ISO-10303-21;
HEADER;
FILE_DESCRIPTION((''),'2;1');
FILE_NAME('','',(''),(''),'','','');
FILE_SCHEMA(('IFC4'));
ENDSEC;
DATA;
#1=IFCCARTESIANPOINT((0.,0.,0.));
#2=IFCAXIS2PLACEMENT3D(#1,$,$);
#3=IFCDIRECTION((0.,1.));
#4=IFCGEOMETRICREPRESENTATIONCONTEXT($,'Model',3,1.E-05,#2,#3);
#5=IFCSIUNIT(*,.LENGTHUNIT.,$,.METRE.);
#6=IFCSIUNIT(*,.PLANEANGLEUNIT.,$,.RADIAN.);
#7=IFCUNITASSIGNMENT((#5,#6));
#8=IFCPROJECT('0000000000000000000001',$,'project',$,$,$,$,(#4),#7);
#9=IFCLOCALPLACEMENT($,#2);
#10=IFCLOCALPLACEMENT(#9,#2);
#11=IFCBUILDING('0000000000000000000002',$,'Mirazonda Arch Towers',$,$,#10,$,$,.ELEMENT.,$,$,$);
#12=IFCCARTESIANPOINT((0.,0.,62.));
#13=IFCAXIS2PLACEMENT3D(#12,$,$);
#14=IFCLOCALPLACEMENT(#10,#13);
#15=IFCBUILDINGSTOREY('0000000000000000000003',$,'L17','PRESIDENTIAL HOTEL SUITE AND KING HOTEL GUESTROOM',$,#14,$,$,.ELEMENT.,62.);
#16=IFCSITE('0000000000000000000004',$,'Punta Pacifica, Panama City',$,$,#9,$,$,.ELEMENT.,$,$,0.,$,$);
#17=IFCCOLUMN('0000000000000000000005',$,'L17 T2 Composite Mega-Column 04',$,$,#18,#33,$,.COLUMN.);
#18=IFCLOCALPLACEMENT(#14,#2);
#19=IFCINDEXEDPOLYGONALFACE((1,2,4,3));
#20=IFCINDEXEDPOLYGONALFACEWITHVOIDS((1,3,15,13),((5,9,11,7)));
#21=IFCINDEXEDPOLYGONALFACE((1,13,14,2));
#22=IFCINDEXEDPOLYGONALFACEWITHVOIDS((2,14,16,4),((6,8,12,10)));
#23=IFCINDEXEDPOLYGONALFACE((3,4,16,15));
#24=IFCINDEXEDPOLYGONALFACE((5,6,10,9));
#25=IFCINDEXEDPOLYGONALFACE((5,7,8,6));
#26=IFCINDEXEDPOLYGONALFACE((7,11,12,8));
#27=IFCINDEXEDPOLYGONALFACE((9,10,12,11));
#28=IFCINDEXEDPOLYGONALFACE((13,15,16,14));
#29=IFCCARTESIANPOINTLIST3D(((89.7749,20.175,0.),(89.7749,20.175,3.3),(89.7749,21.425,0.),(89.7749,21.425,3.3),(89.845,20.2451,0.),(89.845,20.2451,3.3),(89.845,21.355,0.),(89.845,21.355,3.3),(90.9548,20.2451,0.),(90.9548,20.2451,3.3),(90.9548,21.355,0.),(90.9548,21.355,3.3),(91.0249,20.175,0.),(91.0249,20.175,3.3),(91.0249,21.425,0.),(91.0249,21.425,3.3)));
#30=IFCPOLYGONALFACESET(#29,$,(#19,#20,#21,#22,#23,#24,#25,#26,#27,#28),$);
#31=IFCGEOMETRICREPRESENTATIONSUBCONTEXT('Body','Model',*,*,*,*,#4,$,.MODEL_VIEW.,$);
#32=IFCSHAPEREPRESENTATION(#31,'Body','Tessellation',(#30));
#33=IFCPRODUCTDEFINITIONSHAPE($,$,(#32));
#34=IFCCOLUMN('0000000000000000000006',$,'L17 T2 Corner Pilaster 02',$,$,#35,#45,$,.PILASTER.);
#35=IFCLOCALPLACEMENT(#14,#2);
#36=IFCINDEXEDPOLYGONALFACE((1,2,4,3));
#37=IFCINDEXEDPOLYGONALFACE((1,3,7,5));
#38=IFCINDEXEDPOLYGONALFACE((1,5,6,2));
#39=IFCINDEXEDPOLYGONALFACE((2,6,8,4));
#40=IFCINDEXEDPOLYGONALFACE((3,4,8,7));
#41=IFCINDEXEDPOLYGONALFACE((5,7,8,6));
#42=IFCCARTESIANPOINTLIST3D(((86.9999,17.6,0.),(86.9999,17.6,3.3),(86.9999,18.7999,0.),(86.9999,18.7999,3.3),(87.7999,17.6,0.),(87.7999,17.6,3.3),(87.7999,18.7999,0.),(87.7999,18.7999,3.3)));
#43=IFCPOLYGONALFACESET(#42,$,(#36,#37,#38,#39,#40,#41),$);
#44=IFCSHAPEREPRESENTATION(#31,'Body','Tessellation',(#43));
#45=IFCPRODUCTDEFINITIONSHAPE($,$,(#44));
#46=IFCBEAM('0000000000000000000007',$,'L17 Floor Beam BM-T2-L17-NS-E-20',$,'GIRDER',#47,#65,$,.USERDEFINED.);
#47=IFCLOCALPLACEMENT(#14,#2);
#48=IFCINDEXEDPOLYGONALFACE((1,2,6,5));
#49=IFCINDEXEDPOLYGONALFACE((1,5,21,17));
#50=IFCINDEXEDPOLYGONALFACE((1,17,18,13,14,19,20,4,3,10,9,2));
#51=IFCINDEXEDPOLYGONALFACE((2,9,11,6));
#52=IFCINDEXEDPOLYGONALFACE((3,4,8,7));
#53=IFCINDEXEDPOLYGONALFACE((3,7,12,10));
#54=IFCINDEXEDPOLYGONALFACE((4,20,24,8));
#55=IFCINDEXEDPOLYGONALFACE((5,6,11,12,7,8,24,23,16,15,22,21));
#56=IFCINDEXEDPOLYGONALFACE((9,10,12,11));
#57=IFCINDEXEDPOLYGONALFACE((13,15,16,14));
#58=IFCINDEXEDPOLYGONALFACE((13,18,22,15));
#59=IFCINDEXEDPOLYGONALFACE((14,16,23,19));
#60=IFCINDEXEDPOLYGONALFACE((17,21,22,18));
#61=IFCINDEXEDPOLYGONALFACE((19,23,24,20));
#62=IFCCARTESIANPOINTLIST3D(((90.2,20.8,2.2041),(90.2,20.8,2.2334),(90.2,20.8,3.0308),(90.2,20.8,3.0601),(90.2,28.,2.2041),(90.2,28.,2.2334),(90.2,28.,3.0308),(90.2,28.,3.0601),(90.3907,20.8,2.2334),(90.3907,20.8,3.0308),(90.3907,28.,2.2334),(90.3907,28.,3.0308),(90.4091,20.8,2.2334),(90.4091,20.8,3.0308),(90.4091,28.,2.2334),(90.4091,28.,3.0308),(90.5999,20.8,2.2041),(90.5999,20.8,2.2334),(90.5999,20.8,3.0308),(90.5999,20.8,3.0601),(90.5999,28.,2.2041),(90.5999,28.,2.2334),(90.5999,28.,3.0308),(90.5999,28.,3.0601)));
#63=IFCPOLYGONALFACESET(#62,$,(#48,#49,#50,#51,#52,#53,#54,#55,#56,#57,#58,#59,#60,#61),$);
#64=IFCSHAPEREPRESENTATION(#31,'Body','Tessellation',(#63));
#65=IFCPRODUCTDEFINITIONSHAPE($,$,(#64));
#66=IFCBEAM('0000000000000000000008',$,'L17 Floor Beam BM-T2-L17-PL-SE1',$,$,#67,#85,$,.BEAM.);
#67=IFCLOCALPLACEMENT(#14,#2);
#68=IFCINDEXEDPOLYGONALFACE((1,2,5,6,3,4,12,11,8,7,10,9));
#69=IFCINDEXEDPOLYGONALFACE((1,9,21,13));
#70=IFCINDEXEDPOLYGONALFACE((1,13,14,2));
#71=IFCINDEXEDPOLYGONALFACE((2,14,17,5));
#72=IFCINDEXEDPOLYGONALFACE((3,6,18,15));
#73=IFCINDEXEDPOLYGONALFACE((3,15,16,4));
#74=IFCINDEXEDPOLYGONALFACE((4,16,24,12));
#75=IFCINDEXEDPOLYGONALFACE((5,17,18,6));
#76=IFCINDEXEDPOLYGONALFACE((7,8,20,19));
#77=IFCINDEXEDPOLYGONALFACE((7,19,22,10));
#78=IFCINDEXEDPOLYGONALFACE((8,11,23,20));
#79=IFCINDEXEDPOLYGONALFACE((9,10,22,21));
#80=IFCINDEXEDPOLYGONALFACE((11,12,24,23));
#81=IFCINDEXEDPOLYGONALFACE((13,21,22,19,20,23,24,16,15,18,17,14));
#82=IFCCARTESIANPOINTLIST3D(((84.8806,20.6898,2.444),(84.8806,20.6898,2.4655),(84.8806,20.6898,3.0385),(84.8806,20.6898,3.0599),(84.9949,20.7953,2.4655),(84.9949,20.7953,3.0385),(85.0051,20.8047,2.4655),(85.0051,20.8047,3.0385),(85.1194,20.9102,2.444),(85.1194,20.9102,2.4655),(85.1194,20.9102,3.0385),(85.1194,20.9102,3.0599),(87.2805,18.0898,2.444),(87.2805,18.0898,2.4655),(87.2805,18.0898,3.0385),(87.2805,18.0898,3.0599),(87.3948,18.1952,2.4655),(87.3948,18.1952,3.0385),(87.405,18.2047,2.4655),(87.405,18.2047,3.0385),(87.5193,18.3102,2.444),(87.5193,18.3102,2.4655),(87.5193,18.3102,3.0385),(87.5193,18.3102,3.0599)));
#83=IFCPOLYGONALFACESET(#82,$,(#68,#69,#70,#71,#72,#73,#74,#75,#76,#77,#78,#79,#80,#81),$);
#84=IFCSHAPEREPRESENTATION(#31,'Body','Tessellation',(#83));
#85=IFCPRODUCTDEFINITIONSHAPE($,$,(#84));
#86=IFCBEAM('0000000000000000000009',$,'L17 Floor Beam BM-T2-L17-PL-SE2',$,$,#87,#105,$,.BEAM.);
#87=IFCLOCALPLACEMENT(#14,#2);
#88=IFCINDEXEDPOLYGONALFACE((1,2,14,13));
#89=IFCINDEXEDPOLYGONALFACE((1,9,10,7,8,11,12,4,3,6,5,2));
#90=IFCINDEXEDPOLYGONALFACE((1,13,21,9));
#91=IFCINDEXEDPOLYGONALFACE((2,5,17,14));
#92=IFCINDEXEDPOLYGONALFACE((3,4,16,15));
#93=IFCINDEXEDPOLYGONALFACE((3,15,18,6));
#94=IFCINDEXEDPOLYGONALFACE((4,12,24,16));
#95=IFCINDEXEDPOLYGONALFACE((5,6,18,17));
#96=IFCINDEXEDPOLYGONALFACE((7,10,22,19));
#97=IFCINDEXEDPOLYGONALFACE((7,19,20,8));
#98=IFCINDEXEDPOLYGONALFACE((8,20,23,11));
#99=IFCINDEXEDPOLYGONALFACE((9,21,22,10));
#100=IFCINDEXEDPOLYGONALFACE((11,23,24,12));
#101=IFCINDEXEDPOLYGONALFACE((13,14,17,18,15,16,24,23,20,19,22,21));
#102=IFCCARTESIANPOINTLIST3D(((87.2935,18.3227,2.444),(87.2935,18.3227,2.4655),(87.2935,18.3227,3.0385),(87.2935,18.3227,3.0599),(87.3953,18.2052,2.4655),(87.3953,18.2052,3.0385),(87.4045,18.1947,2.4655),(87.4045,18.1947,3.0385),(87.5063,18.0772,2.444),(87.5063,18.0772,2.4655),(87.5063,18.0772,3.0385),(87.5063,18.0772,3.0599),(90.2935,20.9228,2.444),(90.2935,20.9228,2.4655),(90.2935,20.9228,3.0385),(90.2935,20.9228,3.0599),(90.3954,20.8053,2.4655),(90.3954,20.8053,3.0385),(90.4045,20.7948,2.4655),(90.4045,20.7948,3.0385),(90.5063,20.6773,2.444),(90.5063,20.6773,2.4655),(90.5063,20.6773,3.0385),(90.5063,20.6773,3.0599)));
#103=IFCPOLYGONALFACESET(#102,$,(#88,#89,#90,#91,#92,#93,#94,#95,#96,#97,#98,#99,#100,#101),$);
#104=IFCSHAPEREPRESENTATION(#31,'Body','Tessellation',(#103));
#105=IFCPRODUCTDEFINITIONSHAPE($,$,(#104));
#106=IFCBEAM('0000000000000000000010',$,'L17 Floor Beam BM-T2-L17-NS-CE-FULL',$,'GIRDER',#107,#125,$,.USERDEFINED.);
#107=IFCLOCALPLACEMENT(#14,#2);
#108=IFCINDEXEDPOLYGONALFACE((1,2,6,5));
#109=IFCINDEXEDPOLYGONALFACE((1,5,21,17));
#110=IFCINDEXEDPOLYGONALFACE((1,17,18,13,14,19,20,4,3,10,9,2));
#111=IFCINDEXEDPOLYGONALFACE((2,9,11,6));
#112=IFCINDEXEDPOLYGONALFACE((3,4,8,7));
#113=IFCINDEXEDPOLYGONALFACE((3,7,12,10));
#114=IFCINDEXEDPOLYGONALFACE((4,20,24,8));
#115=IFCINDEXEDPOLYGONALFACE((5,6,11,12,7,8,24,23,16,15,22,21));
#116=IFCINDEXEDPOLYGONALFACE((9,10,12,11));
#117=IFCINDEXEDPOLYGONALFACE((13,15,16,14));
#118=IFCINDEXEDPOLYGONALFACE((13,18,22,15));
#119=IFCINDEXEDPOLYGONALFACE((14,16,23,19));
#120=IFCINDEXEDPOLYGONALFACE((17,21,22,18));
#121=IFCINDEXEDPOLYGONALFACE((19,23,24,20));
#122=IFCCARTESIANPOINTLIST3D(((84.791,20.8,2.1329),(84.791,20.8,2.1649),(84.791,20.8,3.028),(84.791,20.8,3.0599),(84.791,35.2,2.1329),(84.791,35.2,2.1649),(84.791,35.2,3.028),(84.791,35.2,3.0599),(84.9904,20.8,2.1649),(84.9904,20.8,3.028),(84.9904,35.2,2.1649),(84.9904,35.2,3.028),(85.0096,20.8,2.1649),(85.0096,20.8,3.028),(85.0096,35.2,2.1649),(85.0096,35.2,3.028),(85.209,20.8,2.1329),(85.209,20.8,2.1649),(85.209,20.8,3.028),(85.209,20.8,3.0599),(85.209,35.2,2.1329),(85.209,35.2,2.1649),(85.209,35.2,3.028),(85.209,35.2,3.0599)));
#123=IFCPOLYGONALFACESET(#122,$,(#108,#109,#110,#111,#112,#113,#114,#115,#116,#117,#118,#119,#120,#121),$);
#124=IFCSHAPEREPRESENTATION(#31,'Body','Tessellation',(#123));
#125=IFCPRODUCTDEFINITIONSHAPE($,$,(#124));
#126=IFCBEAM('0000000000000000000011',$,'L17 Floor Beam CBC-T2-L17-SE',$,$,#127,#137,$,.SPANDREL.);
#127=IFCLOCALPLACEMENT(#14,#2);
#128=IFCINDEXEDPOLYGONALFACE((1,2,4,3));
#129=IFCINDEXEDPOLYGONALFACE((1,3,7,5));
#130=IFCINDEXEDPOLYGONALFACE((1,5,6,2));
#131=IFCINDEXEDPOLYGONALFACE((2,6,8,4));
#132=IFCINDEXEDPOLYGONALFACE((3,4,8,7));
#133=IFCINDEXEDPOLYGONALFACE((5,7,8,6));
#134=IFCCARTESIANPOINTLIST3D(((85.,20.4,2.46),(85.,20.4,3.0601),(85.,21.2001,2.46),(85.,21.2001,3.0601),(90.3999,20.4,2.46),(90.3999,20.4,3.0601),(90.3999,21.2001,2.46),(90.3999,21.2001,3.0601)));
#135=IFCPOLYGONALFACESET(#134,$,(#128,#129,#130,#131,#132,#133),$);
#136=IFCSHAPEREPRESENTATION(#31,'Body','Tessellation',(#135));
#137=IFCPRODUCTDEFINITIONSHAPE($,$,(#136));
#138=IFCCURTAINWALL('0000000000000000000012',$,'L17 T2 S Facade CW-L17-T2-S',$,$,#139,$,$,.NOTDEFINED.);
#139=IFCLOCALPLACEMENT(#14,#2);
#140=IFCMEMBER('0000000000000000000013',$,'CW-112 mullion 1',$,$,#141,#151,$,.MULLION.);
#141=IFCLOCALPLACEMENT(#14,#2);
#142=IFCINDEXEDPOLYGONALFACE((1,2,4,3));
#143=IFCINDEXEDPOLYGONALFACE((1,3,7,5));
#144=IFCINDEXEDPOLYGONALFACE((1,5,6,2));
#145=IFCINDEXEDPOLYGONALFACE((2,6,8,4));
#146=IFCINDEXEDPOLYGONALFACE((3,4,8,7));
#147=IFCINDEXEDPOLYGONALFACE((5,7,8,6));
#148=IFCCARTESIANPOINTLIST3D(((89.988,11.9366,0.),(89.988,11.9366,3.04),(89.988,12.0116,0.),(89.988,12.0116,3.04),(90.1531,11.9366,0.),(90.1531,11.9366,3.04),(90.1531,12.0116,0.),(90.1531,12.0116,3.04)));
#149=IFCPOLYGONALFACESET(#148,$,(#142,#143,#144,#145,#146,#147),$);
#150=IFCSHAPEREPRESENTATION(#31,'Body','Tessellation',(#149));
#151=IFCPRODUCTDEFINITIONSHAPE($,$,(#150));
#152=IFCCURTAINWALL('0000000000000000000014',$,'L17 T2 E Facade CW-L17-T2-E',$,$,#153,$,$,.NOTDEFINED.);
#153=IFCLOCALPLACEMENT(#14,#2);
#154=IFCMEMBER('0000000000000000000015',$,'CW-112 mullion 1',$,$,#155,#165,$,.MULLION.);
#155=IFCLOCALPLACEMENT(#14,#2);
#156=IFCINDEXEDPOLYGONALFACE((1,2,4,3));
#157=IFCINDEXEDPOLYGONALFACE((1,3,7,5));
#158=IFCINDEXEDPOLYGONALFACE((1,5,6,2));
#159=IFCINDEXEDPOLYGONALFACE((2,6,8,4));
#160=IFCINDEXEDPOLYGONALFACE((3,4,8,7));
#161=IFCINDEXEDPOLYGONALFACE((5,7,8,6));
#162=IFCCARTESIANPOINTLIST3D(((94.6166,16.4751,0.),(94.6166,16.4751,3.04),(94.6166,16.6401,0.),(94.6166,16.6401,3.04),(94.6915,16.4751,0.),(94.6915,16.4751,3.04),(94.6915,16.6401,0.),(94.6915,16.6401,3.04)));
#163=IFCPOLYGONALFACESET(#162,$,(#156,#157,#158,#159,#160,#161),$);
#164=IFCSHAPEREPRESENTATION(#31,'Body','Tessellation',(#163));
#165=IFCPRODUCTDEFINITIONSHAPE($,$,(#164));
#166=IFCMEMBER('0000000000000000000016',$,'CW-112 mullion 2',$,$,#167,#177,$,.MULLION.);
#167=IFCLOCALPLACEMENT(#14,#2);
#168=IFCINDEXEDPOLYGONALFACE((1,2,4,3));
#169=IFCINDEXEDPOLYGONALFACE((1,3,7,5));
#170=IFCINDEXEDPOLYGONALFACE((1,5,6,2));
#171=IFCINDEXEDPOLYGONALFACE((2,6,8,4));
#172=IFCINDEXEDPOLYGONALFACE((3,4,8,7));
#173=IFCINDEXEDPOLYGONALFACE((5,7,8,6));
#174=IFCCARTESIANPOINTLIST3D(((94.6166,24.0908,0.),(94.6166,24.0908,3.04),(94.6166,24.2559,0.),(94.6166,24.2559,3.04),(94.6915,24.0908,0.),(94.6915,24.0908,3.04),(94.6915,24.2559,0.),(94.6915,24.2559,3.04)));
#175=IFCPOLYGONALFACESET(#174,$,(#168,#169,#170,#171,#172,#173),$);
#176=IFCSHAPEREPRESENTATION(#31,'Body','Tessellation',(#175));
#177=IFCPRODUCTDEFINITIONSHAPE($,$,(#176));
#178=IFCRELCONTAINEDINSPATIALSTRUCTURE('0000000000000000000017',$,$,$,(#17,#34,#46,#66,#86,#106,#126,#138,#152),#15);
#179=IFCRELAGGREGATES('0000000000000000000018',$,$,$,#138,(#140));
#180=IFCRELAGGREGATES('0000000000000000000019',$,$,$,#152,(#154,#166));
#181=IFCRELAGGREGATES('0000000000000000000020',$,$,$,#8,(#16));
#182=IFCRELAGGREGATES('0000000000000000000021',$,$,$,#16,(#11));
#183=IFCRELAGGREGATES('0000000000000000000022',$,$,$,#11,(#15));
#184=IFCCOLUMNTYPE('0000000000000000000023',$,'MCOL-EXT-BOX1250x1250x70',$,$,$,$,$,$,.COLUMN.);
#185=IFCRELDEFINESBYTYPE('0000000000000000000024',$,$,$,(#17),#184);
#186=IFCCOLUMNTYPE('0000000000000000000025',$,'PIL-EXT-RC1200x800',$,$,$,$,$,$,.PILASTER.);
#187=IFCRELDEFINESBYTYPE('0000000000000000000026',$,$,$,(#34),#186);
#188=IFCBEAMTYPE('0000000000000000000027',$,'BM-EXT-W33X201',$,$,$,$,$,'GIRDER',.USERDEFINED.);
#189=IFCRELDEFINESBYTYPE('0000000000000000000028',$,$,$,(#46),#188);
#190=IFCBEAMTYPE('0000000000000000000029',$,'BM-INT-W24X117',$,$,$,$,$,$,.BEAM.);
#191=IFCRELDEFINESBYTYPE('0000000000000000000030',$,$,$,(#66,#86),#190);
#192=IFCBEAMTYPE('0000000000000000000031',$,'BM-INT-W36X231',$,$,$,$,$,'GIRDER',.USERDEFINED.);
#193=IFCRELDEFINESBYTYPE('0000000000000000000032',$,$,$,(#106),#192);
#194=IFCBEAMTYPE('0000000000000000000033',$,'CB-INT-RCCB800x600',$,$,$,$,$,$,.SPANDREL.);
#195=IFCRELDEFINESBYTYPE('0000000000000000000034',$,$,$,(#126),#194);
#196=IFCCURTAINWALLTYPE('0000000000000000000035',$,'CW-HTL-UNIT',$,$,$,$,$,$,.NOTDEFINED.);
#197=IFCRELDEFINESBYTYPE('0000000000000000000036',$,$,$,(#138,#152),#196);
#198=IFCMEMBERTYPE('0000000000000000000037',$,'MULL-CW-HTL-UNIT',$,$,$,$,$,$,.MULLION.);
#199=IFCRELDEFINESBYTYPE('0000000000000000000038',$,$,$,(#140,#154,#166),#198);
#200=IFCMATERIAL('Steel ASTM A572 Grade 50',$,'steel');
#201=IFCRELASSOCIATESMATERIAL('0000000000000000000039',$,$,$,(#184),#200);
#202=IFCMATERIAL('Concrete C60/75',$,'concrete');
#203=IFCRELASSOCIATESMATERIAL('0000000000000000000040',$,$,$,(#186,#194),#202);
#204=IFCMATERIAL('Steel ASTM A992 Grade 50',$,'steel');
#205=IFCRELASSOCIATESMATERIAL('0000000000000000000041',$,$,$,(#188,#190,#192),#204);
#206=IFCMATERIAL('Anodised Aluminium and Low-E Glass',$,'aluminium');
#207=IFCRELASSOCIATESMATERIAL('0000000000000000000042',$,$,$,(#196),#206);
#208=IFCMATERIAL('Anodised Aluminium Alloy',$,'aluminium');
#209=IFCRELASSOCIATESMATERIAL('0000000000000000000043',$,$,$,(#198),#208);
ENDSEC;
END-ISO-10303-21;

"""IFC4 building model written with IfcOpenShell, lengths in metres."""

from ifc_helpers import new_model, si_unit, direction, frame, origin, origin_2d, place, context, subcontext, project, spatial, rectangle, hollow_rectangle, i_section, extrude, material, material_profile, profile_set, type_object, element, aggregate, save


model = new_model("IFC4")

# Units and contexts
model_context = context("Model", 3, precision=1e-05, world=origin(), true_north=direction((0.0, 1.0)))
body_context = subcontext(model_context, "Body", "Model", "MODEL_VIEW")
ifc_project = project(units=[si_unit("LENGTHUNIT", "METRE"), si_unit("PLANEANGLEUNIT", "RADIAN")], contexts=[model_context])

# Site, building, storey
site_placement = place(None, origin())
site = spatial("IfcSite", under=ifc_project, at=site_placement, Name="Punta Pacifica, Panama City", CompositionType="ELEMENT", RefElevation=0.0)
building_placement = place(site_placement, origin())
building = spatial("IfcBuilding", under=site, at=building_placement, Name="Mirazonda Arch Towers", CompositionType="ELEMENT")
storey_placement = place(building_placement, frame((0.0, 0.0, 62.0)))
storey = spatial("IfcBuildingStorey", under=building, at=storey_placement, Name="L17", Description="PRESIDENTIAL HOTEL SUITE AND KING HOTEL GUESTROOM", CompositionType="ELEMENT", Elevation=62.0)

# Columns
ifc_material_1 = material(Name="Steel ASTM A572 Grade 50", Category="steel")
ifc_material_profile_1 = material_profile(ifc_material_1, hollow_rectangle(XDim=1.25, YDim=1.25, WallThickness=0.0701, at=origin_2d()), Name="BOX1250x1250x70")
ifc_profile_set_1 = profile_set([ifc_material_profile_1], Name="Steel ASTM A572 Grade 50")
column_type_1 = type_object("IfcColumnType", Name="MCOL-EXT-BOX1250x1250x70", PredefinedType="COLUMN", material=ifc_profile_set_1)
column_1_placement = place(storey_placement, frame((90.3999, 20.8, 0.0), z_axis=(0.0, 0.0, 1.0), x_axis=(1.0, 0.0, 0.0)))
element("IfcColumn", 1, at=column_1_placement, inside=storey, type_object=column_type_1, Name="L17 T2 Composite Mega-Column 04", PredefinedType="COLUMN", context=body_context, shape_type="SweptSolid", body=[
    extrude(hollow_rectangle(XDim=1.25, YDim=1.25, WallThickness=0.0701, at=origin_2d()), origin(), (0.0, 0.0, 1.0), 3.3),
])
ifc_material_2 = material(Name="Concrete C60/75", Category="concrete")
ifc_material_profile_2 = material_profile(ifc_material_2, rectangle(XDim=0.8, YDim=1.2, at=origin_2d()), Name="RC1200x800")
ifc_profile_set_2 = profile_set([ifc_material_profile_2], Name="Concrete C60/75")
column_type_2 = type_object("IfcColumnType", Name="PIL-EXT-RC1200x800", PredefinedType="PILASTER", material=ifc_profile_set_2)
column_2_placement = place(storey_placement, frame((87.3999, 18.2, 0.0), z_axis=(0.0, 0.0, 1.0), x_axis=(1.0, 0.0, 0.0)))
element("IfcColumn", 2, at=column_2_placement, inside=storey, type_object=column_type_2, Name="L17 T2 Corner Pilaster 02", PredefinedType="PILASTER", context=body_context, shape_type="SweptSolid", body=[
    extrude(rectangle(XDim=0.8, YDim=1.2, at=origin_2d()), origin(), (0.0, 0.0, 1.0), 3.3),
])

# Beams
ifc_material_3 = material(Name="Steel ASTM A992 Grade 50", Category="steel")
ifc_material_profile_3 = material_profile(ifc_material_3, i_section(OverallWidth=0.3999, OverallDepth=0.856, WebThickness=0.0183, FlangeThickness=0.0293, at=origin_2d()), Name="W33X201")
ifc_profile_set_3 = profile_set([ifc_material_profile_3], Name="Steel ASTM A992 Grade 50")
beam_type_1 = type_object("IfcBeamType", Name="BM-EXT-W33X201", ElementType="GIRDER", PredefinedType="USERDEFINED", material=ifc_profile_set_3)
beam_1_placement = place(storey_placement, frame((90.3999, 20.8, 2.6321), z_axis=(0.0, 1.0, 0.0), x_axis=(-1.0, 0.0, 0.0)))
element("IfcBeam", 3, at=beam_1_placement, inside=storey, type_object=beam_type_1, Name="L17 Floor Beam BM-T2-L17-NS-E-20", ObjectType="GIRDER", PredefinedType="USERDEFINED", context=body_context, shape_type="SweptSolid", body=[
    extrude(i_section(OverallWidth=0.3999, OverallDepth=0.856, WebThickness=0.0183, FlangeThickness=0.0293, at=origin_2d()), origin(), (0.0, 0.0, 1.0), 7.2),
])
ifc_material_profile_4 = material_profile(ifc_material_3, i_section(OverallWidth=0.325, OverallDepth=0.616, WebThickness=0.0139, FlangeThickness=0.0215, at=origin_2d()), Name="W24X117")
ifc_profile_set_4 = profile_set([ifc_material_profile_4], Name="Steel ASTM A992 Grade 50")
beam_type_2 = type_object("IfcBeamType", Name="BM-INT-W24X117", PredefinedType="BEAM", material=ifc_profile_set_4)
beam_2_placement = place(storey_placement, frame((87.3999, 18.2, 2.752), z_axis=(-0.678251, 0.73483, 0.0), x_axis=(-0.73483, -0.678251, 0.0)))
element("IfcBeam", 4, at=beam_2_placement, inside=storey, type_object=beam_type_2, Name="L17 Floor Beam BM-T2-L17-PL-SE1", PredefinedType="BEAM", context=body_context, shape_type="SweptSolid", body=[
    extrude(i_section(OverallWidth=0.325, OverallDepth=0.616, WebThickness=0.0139, FlangeThickness=0.0215, at=origin_2d()), origin(), (0.0, 0.0, 1.0), 3.5383),
])
beam_3_placement = place(storey_placement, frame((87.3999, 18.2, 2.752), z_axis=(0.755677, 0.654945, 0.0), x_axis=(-0.654945, 0.755677, 0.0)))
element("IfcBeam", 5, at=beam_3_placement, inside=storey, type_object=beam_type_2, Name="L17 Floor Beam BM-T2-L17-PL-SE2", PredefinedType="BEAM", context=body_context, shape_type="SweptSolid", body=[
    extrude(i_section(OverallWidth=0.325, OverallDepth=0.616, WebThickness=0.0139, FlangeThickness=0.0215, at=origin_2d()), origin(), (0.0, 0.0, 1.0), 3.97),
])
ifc_material_profile_5 = material_profile(ifc_material_3, i_section(OverallWidth=0.418, OverallDepth=0.927, WebThickness=0.0193, FlangeThickness=0.032, at=origin_2d()), Name="W36X231")
ifc_profile_set_5 = profile_set([ifc_material_profile_5], Name="Steel ASTM A992 Grade 50")
beam_type_3 = type_object("IfcBeamType", Name="BM-INT-W36X231", ElementType="GIRDER", PredefinedType="USERDEFINED", material=ifc_profile_set_5)
beam_4_placement = place(storey_placement, frame((85.0, 20.8, 2.5964), z_axis=(0.0, 1.0, 0.0), x_axis=(-1.0, 0.0, 0.0)))
element("IfcBeam", 6, at=beam_4_placement, inside=storey, type_object=beam_type_3, Name="L17 Floor Beam BM-T2-L17-NS-CE-FULL", ObjectType="GIRDER", PredefinedType="USERDEFINED", context=body_context, shape_type="SweptSolid", body=[
    extrude(i_section(OverallWidth=0.418, OverallDepth=0.927, WebThickness=0.0193, FlangeThickness=0.032, at=origin_2d()), origin(), (0.0, 0.0, 1.0), 14.3999),
])
ifc_material_profile_6 = material_profile(ifc_material_2, rectangle(XDim=0.8, YDim=0.6001, at=origin_2d()), Name="RCCB800x600")
ifc_profile_set_6 = profile_set([ifc_material_profile_6], Name="Concrete C60/75")
beam_type_4 = type_object("IfcBeamType", Name="CB-INT-RCCB800x600", PredefinedType="SPANDREL", material=ifc_profile_set_6)
beam_5_placement = place(storey_placement, frame((85.0, 20.8, 2.76), z_axis=(1.0, 0.0, 0.0), x_axis=(0.0, 1.0, 0.0)))
element("IfcBeam", 7, at=beam_5_placement, inside=storey, type_object=beam_type_4, Name="L17 Floor Beam CBC-T2-L17-SE", PredefinedType="SPANDREL", context=body_context, shape_type="SweptSolid", body=[
    extrude(rectangle(XDim=0.8, YDim=0.6001, at=origin_2d()), origin(), (0.0, 0.0, 1.0), 5.3999),
])

# Curtain wall, member
ifc_material_4 = material(Name="Anodised Aluminium and Low-E Glass", Category="aluminium")
curtain_wall_type = type_object("IfcCurtainWallType", Name="CW-HTL-UNIT", PredefinedType="NOTDEFINED", material=ifc_material_4)
curtain_wall_1_placement = place(storey_placement, origin())
curtain_wall_1 = element("IfcCurtainWall", 8, at=curtain_wall_1_placement, inside=storey, type_object=curtain_wall_type, Name="L17 T2 S Facade CW-L17-T2-S", PredefinedType="NOTDEFINED")
ifc_material_5 = material(Name="Anodised Aluminium Alloy", Category="aluminium")
ifc_material_profile_7 = material_profile(ifc_material_5, rectangle(XDim=0.075, YDim=0.165, at=origin_2d()), Name="ALU-MULL-75x165")
ifc_profile_set_7 = profile_set([ifc_material_profile_7], Name="Anodised Aluminium Alloy")
member_type_1 = type_object("IfcMemberType", Name="MULL-CW-HTL-UNIT", PredefinedType="MULLION", material=ifc_profile_set_7)
member_1_placement = place(storey_placement, frame((90.0706, 11.9741, 0.0), z_axis=(0.0, 0.0, 1.0), x_axis=(0.0, -1.0, 0.0)))
member_1 = element("IfcMember", 9, at=member_1_placement, type_object=member_type_1, Name="CW-112 mullion 1", PredefinedType="MULLION", context=body_context, shape_type="SweptSolid", body=[
    extrude(rectangle(XDim=0.075, YDim=0.165, at=origin_2d()), origin(), (0.0, 0.0, 1.0), 3.04),
])

# Curtain wall, members
curtain_wall_2_placement = place(storey_placement, origin())
curtain_wall_2 = element("IfcCurtainWall", 10, at=curtain_wall_2_placement, inside=storey, type_object=curtain_wall_type, Name="L17 T2 E Facade CW-L17-T2-E", PredefinedType="NOTDEFINED")
member_2_placement = place(storey_placement, frame((94.6541, 16.5576, 0.0), z_axis=(0.0, 0.0, 1.0), x_axis=(-1.0, 0.0, 0.0)))
member_2 = element("IfcMember", 11, at=member_2_placement, type_object=member_type_1, Name="CW-112 mullion 1", PredefinedType="MULLION", context=body_context, shape_type="SweptSolid", body=[
    extrude(rectangle(XDim=0.075, YDim=0.165, at=origin_2d()), origin(), (0.0, 0.0, 1.0), 3.04),
])
member_3_placement = place(storey_placement, frame((94.6541, 24.1733, 0.0), z_axis=(0.0, 0.0, 1.0), x_axis=(-1.0, 0.0, 0.0)))
member_3 = element("IfcMember", 12, at=member_3_placement, type_object=member_type_1, Name="CW-112 mullion 2", PredefinedType="MULLION", context=body_context, shape_type="SweptSolid", body=[
    extrude(rectangle(XDim=0.075, YDim=0.165, at=origin_2d()), origin(), (0.0, 0.0, 1.0), 3.04),
])

aggregate(curtain_wall_1, [member_1])
aggregate(curtain_wall_2, [member_2, member_3])

save(model, "model.ifc")
